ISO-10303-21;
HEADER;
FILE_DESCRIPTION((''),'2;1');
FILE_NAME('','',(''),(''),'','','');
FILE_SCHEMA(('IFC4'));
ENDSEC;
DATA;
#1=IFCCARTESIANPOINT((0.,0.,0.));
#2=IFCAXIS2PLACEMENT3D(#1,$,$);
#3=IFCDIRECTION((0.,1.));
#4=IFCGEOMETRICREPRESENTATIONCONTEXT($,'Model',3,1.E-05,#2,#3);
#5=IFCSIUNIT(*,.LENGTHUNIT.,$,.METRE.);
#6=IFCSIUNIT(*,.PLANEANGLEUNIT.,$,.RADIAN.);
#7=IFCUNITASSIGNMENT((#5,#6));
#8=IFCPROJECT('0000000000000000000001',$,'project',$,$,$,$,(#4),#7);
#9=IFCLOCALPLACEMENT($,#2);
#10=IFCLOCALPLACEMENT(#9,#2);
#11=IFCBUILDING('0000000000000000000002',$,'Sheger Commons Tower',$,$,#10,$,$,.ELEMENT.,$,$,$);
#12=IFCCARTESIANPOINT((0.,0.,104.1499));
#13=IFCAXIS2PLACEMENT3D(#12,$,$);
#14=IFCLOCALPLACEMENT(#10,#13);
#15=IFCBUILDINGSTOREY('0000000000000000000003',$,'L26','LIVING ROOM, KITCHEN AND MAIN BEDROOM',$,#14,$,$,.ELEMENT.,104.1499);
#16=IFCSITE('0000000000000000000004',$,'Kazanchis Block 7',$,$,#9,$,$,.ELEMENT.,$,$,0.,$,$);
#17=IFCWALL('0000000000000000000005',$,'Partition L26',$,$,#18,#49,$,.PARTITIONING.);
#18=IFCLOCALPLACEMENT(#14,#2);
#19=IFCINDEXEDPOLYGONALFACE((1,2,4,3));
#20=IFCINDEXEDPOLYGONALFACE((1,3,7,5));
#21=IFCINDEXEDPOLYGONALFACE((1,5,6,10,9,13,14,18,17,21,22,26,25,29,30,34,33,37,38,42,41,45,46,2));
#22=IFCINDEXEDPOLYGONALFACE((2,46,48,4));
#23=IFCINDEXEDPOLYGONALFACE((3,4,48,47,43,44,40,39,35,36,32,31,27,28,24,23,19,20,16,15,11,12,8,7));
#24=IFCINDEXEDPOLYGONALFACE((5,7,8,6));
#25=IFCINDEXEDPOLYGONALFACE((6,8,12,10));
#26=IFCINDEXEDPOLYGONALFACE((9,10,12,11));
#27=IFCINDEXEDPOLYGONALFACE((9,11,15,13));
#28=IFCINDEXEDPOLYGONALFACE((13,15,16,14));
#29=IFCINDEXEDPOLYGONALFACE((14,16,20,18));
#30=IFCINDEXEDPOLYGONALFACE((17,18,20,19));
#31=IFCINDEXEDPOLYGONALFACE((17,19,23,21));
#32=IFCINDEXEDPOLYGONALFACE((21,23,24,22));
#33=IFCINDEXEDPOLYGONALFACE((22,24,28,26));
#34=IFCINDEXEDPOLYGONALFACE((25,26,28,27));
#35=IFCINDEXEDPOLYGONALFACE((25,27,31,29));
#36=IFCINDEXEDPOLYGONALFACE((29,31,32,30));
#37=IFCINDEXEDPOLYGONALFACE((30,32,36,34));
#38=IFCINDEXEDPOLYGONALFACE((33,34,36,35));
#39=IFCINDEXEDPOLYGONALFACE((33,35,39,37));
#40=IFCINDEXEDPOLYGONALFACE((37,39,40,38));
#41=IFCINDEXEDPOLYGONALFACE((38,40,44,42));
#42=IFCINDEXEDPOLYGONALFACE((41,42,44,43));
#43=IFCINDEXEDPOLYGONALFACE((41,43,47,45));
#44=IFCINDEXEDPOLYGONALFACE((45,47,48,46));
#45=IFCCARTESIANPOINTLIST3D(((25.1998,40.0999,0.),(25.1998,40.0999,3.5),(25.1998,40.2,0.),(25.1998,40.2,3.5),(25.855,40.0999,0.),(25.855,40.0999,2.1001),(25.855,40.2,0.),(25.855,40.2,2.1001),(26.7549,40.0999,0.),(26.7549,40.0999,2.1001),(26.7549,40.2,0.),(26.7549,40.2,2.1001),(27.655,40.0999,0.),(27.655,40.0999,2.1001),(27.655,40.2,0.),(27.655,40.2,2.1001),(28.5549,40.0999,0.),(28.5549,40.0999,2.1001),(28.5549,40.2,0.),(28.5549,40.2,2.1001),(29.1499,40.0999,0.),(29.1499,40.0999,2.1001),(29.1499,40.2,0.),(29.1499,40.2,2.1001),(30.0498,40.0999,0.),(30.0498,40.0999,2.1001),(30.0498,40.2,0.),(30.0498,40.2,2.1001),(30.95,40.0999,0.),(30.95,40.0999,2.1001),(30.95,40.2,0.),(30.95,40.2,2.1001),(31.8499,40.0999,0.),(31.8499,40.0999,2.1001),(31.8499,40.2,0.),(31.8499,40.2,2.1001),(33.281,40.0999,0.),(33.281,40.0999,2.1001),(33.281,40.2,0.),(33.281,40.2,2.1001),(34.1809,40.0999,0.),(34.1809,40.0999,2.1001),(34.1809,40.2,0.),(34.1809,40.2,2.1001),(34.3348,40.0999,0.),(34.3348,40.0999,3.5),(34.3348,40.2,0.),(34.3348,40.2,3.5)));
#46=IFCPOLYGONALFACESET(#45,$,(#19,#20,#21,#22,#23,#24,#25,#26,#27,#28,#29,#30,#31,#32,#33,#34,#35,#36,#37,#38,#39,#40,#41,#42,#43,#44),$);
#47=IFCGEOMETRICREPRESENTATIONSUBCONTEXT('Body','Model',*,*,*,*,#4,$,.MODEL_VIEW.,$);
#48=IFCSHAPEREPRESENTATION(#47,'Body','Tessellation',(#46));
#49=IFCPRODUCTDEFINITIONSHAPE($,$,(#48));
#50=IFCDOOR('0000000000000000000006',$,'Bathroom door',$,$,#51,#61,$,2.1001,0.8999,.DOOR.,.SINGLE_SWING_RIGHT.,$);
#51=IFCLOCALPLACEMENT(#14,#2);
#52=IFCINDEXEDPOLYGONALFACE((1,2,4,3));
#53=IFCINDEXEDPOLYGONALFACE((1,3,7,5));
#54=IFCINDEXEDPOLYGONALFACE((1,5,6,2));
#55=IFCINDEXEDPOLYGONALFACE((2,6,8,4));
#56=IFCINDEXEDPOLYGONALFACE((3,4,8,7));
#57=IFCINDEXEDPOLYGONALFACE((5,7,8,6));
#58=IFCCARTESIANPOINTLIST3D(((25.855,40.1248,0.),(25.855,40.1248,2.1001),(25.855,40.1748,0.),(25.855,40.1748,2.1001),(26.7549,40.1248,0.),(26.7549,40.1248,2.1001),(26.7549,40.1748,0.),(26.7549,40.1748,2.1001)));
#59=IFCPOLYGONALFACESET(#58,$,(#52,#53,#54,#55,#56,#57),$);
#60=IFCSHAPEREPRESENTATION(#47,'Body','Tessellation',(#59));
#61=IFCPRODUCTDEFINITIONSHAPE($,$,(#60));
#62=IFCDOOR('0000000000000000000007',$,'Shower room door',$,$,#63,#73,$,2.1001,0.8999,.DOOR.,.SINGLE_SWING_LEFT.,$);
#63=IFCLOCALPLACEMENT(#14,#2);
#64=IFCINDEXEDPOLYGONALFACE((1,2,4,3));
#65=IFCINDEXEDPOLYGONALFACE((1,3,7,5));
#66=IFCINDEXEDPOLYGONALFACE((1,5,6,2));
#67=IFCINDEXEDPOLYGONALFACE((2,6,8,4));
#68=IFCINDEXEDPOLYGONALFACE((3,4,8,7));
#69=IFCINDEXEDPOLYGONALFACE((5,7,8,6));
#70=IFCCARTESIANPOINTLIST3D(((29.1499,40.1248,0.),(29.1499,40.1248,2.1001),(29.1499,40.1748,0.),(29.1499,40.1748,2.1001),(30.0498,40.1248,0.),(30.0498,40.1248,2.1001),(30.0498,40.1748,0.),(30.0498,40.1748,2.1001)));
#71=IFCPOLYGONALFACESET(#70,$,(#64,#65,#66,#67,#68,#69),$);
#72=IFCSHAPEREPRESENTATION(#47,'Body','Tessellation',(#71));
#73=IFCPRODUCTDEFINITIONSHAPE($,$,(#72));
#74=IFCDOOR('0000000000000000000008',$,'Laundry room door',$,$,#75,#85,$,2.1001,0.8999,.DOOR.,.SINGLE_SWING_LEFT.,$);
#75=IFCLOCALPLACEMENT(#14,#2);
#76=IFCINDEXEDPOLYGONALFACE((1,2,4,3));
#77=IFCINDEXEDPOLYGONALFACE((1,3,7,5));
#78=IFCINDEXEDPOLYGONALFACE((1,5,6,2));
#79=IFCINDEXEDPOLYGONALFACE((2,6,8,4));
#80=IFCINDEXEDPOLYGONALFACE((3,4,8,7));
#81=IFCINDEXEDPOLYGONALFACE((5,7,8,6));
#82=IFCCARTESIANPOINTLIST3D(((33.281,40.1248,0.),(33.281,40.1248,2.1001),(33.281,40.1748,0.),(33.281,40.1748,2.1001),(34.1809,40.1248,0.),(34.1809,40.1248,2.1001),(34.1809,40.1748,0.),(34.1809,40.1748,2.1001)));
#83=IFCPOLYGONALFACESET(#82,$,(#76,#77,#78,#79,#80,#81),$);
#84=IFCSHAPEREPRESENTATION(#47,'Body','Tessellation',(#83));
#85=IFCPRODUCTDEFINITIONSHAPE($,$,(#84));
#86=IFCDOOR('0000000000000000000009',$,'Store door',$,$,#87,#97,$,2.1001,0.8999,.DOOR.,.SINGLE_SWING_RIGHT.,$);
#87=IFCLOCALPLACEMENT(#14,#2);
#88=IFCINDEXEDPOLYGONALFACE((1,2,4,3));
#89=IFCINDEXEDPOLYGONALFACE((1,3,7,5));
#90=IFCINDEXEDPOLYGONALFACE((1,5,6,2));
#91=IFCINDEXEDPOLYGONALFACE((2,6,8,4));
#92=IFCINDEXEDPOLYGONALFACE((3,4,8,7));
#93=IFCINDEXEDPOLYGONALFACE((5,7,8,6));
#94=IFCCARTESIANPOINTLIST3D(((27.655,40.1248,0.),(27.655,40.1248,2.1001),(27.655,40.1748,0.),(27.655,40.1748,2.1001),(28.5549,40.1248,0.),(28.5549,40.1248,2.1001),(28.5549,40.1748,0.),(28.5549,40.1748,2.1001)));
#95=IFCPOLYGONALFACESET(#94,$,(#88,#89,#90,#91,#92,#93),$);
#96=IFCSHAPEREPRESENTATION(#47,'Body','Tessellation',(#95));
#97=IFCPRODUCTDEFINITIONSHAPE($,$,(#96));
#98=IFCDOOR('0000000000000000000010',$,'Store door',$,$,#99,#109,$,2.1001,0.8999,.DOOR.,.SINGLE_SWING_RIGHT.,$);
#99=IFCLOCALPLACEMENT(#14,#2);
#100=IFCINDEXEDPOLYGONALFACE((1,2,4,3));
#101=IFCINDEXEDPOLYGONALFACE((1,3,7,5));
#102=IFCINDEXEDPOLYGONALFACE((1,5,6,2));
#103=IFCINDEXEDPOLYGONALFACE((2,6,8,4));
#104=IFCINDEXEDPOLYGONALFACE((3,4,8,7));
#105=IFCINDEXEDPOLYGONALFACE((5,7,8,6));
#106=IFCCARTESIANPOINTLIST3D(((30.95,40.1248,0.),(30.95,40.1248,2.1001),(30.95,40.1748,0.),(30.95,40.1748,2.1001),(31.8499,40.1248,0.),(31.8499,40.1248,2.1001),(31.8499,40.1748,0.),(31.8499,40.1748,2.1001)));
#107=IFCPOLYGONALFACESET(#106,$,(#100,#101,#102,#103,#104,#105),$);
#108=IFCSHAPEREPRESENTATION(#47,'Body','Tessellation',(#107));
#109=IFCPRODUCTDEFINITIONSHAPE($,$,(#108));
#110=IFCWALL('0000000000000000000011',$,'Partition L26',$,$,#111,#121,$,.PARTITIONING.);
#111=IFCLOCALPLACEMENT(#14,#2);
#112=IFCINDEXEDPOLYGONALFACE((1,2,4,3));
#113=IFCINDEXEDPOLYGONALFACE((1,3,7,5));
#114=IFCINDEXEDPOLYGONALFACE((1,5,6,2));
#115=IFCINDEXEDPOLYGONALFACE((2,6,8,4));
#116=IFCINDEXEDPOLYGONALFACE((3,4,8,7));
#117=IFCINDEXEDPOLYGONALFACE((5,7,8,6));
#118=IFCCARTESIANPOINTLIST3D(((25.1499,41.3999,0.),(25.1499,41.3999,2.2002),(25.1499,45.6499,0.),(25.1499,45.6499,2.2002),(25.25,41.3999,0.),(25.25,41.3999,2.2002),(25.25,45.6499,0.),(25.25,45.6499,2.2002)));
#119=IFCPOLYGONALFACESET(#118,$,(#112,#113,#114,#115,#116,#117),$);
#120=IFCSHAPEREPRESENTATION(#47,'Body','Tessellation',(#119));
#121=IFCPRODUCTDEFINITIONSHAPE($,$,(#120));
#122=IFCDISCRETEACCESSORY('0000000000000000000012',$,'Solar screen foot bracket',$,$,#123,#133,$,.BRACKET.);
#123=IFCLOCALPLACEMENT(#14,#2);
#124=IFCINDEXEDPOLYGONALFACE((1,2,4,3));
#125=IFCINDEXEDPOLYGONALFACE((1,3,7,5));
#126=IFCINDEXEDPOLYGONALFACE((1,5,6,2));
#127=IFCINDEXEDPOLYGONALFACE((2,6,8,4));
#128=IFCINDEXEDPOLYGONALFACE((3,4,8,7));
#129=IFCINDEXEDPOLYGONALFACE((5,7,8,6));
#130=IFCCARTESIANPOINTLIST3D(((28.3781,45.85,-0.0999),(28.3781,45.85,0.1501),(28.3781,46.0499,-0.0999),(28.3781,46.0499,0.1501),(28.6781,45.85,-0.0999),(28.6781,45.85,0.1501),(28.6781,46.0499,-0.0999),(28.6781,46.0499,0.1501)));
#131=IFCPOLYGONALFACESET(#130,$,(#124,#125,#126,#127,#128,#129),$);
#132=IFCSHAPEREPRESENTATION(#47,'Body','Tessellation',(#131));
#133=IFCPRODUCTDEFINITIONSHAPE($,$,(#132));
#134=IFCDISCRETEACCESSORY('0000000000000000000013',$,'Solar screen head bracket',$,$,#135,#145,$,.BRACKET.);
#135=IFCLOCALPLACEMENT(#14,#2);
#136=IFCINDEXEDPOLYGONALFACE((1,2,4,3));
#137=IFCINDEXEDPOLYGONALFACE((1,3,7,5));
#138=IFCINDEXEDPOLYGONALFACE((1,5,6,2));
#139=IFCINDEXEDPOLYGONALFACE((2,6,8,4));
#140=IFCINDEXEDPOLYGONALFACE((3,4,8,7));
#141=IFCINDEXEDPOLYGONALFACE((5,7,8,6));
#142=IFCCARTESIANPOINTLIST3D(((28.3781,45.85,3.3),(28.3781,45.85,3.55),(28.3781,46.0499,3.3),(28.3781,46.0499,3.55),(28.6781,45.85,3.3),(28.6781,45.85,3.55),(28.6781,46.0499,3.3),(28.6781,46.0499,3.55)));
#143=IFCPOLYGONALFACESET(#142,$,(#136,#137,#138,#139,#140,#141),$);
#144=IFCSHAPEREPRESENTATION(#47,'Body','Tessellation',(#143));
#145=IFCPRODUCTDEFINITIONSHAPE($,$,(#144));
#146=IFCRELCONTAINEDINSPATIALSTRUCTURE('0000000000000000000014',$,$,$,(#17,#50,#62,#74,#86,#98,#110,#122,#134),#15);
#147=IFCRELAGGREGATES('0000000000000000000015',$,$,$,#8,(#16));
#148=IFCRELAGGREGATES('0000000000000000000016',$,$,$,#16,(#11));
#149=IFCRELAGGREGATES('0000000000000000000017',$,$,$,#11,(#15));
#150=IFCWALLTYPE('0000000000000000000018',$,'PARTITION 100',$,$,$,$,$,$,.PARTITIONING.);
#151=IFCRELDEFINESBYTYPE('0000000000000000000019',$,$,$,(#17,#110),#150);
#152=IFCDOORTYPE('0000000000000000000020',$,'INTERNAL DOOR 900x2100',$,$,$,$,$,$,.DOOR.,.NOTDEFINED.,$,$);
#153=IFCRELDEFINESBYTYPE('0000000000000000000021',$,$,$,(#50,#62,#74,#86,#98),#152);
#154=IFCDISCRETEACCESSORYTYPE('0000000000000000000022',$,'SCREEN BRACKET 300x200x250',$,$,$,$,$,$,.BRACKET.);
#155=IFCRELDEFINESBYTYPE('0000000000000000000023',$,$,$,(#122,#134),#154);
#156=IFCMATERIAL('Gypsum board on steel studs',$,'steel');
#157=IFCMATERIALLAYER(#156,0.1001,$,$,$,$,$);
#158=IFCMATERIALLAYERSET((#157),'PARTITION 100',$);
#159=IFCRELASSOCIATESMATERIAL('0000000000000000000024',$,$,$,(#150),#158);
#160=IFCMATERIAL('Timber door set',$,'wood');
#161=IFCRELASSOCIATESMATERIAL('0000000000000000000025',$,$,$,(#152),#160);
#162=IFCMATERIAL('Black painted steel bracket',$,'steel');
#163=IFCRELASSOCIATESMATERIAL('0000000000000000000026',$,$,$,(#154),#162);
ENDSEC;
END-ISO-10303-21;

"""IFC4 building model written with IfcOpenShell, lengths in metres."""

from ifc_helpers import new_model, si_unit, direction, frame, frame_2d, origin, origin_2d, place, context, subcontext, project, spatial, rectangle, extrude, material, layer, layer_set, type_object, element, fill, save


model = new_model("IFC4")

# Units and contexts
model_context = context("Model", 3, precision=1e-05, world=origin(), true_north=direction((0.0, 1.0)))
body_context = subcontext(model_context, "Body", "Model", "MODEL_VIEW")
ifc_project = project(units=[si_unit("LENGTHUNIT", "METRE"), si_unit("PLANEANGLEUNIT", "RADIAN")], contexts=[model_context])

# Site, building, storey
site_placement = place(None, origin())
site = spatial("IfcSite", under=ifc_project, at=site_placement, Name="Kazanchis Block 7", CompositionType="ELEMENT", RefElevation=0.0)
building_placement = place(site_placement, origin())
building = spatial("IfcBuilding", under=site, at=building_placement, Name="Sheger Commons Tower", CompositionType="ELEMENT")
storey_placement = place(building_placement, frame((0.0, 0.0, 104.1499)))
storey = spatial("IfcBuildingStorey", under=building, at=storey_placement, Name="L26", Description="LIVING ROOM, KITCHEN AND MAIN BEDROOM", CompositionType="ELEMENT", Elevation=104.1499)

# Wall, openings, doors
ifc_material_1 = material(Name="Gypsum board on steel studs", Category="steel")
ifc_layer_1 = layer(ifc_material_1, 0.1001)
ifc_layer_set_1 = layer_set([ifc_layer_1], Name="PARTITION 100")
wall_type_1 = type_object("IfcWallType", Name="PARTITION 100", PredefinedType="PARTITIONING", material=ifc_layer_set_1)
ifc_material_2 = material(Name="Timber door set", Category="wood")
door_type = type_object("IfcDoorType", Name="INTERNAL DOOR 900x2100", OperationType="NOTDEFINED", PredefinedType="DOOR", material=ifc_material_2)
wall_1_placement = place(storey_placement, frame((25.2, 40.1499, 0.0), z_axis=(0.0, 0.0, 1.0), x_axis=(1.0, 0.0, 0.0)))
wall_1 = element("IfcWall", 1, at=wall_1_placement, inside=storey, type_object=wall_type_1, Name="Partition L26", PredefinedType="PARTITIONING", context=body_context, shape_type="SweptSolid", body=[
    extrude(rectangle(XDim=9.135, YDim=0.1001, at=frame_2d((4.5674, 0.0))), origin(), (0.0, 0.0, 1.0), 3.5),
])
opening_1_placement = place(wall_1_placement, frame((0.655, 0.0, 0.0)))
opening_1 = element("IfcOpeningElement", 2, at=opening_1_placement, cuts=wall_1, PredefinedType="OPENING", context=body_context, shape_type="SweptSolid", body=[
    extrude(rectangle(XDim=0.8999, YDim=2.1001, at=frame_2d((0.45, 1.05))), frame((0.0, 0.0601, 0.0), z_axis=(0.0, -1.0, 0.0), x_axis=(1.0, 0.0, 0.0)), (0.0, 0.0, 1.0), 0.1201),
])
opening_2_placement = place(wall_1_placement, frame((3.95, 0.0, 0.0)))
opening_2 = element("IfcOpeningElement", 3, at=opening_2_placement, cuts=wall_1, PredefinedType="OPENING", context=body_context, shape_type="SweptSolid", body=[
    extrude(rectangle(XDim=0.8999, YDim=2.1001, at=frame_2d((0.45, 1.05))), frame((0.0, 0.0601, 0.0), z_axis=(0.0, -1.0, 0.0), x_axis=(1.0, 0.0, 0.0)), (0.0, 0.0, 1.0), 0.1201),
])
opening_3_placement = place(wall_1_placement, frame((8.0811, 0.0, 0.0)))
opening_3 = element("IfcOpeningElement", 4, at=opening_3_placement, cuts=wall_1, PredefinedType="OPENING", context=body_context, shape_type="SweptSolid", body=[
    extrude(rectangle(XDim=0.8999, YDim=2.1001, at=frame_2d((0.45, 1.05))), frame((0.0, 0.0601, 0.0), z_axis=(0.0, -1.0, 0.0), x_axis=(1.0, 0.0, 0.0)), (0.0, 0.0, 1.0), 0.1201),
])
opening_4_placement = place(wall_1_placement, frame((2.4551, 0.0, 0.0)))
opening_4 = element("IfcOpeningElement", 5, at=opening_4_placement, cuts=wall_1, PredefinedType="OPENING", context=body_context, shape_type="SweptSolid", body=[
    extrude(rectangle(XDim=0.8999, YDim=2.1001, at=frame_2d((0.45, 1.05))), frame((0.0, 0.0601, 0.0), z_axis=(0.0, -1.0, 0.0), x_axis=(1.0, 0.0, 0.0)), (0.0, 0.0, 1.0), 0.1201),
])
opening_5_placement = place(wall_1_placement, frame((5.75, 0.0, 0.0)))
opening_5 = element("IfcOpeningElement", 6, at=opening_5_placement, cuts=wall_1, PredefinedType="OPENING", context=body_context, shape_type="SweptSolid", body=[
    extrude(rectangle(XDim=0.8999, YDim=2.1001, at=frame_2d((0.45, 1.05))), frame((0.0, 0.0601, 0.0), z_axis=(0.0, -1.0, 0.0), x_axis=(1.0, 0.0, 0.0)), (0.0, 0.0, 1.0), 0.1201),
])
door_1_placement = place(opening_1_placement, origin())
door_1 = element("IfcDoor", 7, at=door_1_placement, inside=storey, type_object=door_type, Name="Bathroom door", OperationType="SINGLE_SWING_RIGHT", OverallHeight=2.1001, OverallWidth=0.8999, PredefinedType="DOOR", context=body_context, shape_type="SweptSolid", body=[
    extrude(rectangle(XDim=0.8999, YDim=2.1001, at=frame_2d((0.45, 1.05))), frame((0.0, 0.0249, 0.0), z_axis=(0.0, -1.0, 0.0), x_axis=(1.0, 0.0, 0.0)), (0.0, 0.0, 1.0), 0.05),
])
fill(opening_1, door_1)
door_2_placement = place(opening_2_placement, origin())
door_2 = element("IfcDoor", 8, at=door_2_placement, inside=storey, type_object=door_type, Name="Shower room door", OperationType="SINGLE_SWING_LEFT", OverallHeight=2.1001, OverallWidth=0.8999, PredefinedType="DOOR", context=body_context, shape_type="SweptSolid", body=[
    extrude(rectangle(XDim=0.8999, YDim=2.1001, at=frame_2d((0.45, 1.05))), frame((0.0, 0.0249, 0.0), z_axis=(0.0, -1.0, 0.0), x_axis=(1.0, 0.0, 0.0)), (0.0, 0.0, 1.0), 0.05),
])
fill(opening_2, door_2)
door_3_placement = place(opening_3_placement, origin())
door_3 = element("IfcDoor", 9, at=door_3_placement, inside=storey, type_object=door_type, Name="Laundry room door", OperationType="SINGLE_SWING_LEFT", OverallHeight=2.1001, OverallWidth=0.8999, PredefinedType="DOOR", context=body_context, shape_type="SweptSolid", body=[
    extrude(rectangle(XDim=0.8999, YDim=2.1001, at=frame_2d((0.45, 1.05))), frame((0.0, 0.0249, 0.0), z_axis=(0.0, -1.0, 0.0), x_axis=(1.0, 0.0, 0.0)), (0.0, 0.0, 1.0), 0.05),
])
fill(opening_3, door_3)
door_4_placement = place(opening_4_placement, origin())
door_4 = element("IfcDoor", 10, at=door_4_placement, inside=storey, type_object=door_type, Name="Store door", OperationType="SINGLE_SWING_RIGHT", OverallHeight=2.1001, OverallWidth=0.8999, PredefinedType="DOOR", context=body_context, shape_type="SweptSolid", body=[
    extrude(rectangle(XDim=0.8999, YDim=2.1001, at=frame_2d((0.45, 1.05))), frame((0.0, 0.0249, 0.0), z_axis=(0.0, -1.0, 0.0), x_axis=(1.0, 0.0, 0.0)), (0.0, 0.0, 1.0), 0.05),
])
fill(opening_4, door_4)
door_5_placement = place(opening_5_placement, origin())
door_5 = element("IfcDoor", 11, at=door_5_placement, inside=storey, type_object=door_type, Name="Store door", OperationType="SINGLE_SWING_RIGHT", OverallHeight=2.1001, OverallWidth=0.8999, PredefinedType="DOOR", context=body_context, shape_type="SweptSolid", body=[
    extrude(rectangle(XDim=0.8999, YDim=2.1001, at=frame_2d((0.45, 1.05))), frame((0.0, 0.0249, 0.0), z_axis=(0.0, -1.0, 0.0), x_axis=(1.0, 0.0, 0.0)), (0.0, 0.0, 1.0), 0.05),
])
fill(opening_5, door_5)

# Wall
wall_2_placement = place(storey_placement, frame((25.2, 41.3999, 0.0), z_axis=(0.0, 0.0, 1.0), x_axis=(0.0, 1.0, 0.0)))
element("IfcWall", 12, at=wall_2_placement, inside=storey, type_object=wall_type_1, Name="Partition L26", PredefinedType="PARTITIONING", context=body_context, shape_type="SweptSolid", body=[
    extrude(rectangle(XDim=4.25, YDim=0.1001, at=frame_2d((2.125, 0.0))), origin(), (0.0, 0.0, 1.0), 2.2002),
])

# Discrete accessories
ifc_material_3 = material(Name="Black painted steel bracket", Category="steel")
discrete_accessory_type = type_object("IfcDiscreteAccessoryType", Name="SCREEN BRACKET 300x200x250", PredefinedType="BRACKET", material=ifc_material_3)
for number, where, z_axis, x_axis, name in (
    (13, (28.5281, 45.95, -0.0999), (0.0, 0.0, 1.0), (-1.0, 0.0, 0.0), "Solar screen foot bracket"),
    (14, (28.5281, 45.95, 3.3), (0.0, 0.0, 1.0), (-1.0, 0.0, 0.0), "Solar screen head bracket"),
):
    element("IfcDiscreteAccessory", number, at=place(storey_placement, frame(where, z_axis=z_axis, x_axis=x_axis)), inside=storey, type_object=discrete_accessory_type, Name=name, PredefinedType="BRACKET", context=body_context, shape_type="SweptSolid", body=[
        extrude(rectangle(XDim=0.3, YDim=0.2, at=origin_2d()), origin(), (0.0, 0.0, 1.0), 0.25),
    ])

save(model, "model.ifc")
